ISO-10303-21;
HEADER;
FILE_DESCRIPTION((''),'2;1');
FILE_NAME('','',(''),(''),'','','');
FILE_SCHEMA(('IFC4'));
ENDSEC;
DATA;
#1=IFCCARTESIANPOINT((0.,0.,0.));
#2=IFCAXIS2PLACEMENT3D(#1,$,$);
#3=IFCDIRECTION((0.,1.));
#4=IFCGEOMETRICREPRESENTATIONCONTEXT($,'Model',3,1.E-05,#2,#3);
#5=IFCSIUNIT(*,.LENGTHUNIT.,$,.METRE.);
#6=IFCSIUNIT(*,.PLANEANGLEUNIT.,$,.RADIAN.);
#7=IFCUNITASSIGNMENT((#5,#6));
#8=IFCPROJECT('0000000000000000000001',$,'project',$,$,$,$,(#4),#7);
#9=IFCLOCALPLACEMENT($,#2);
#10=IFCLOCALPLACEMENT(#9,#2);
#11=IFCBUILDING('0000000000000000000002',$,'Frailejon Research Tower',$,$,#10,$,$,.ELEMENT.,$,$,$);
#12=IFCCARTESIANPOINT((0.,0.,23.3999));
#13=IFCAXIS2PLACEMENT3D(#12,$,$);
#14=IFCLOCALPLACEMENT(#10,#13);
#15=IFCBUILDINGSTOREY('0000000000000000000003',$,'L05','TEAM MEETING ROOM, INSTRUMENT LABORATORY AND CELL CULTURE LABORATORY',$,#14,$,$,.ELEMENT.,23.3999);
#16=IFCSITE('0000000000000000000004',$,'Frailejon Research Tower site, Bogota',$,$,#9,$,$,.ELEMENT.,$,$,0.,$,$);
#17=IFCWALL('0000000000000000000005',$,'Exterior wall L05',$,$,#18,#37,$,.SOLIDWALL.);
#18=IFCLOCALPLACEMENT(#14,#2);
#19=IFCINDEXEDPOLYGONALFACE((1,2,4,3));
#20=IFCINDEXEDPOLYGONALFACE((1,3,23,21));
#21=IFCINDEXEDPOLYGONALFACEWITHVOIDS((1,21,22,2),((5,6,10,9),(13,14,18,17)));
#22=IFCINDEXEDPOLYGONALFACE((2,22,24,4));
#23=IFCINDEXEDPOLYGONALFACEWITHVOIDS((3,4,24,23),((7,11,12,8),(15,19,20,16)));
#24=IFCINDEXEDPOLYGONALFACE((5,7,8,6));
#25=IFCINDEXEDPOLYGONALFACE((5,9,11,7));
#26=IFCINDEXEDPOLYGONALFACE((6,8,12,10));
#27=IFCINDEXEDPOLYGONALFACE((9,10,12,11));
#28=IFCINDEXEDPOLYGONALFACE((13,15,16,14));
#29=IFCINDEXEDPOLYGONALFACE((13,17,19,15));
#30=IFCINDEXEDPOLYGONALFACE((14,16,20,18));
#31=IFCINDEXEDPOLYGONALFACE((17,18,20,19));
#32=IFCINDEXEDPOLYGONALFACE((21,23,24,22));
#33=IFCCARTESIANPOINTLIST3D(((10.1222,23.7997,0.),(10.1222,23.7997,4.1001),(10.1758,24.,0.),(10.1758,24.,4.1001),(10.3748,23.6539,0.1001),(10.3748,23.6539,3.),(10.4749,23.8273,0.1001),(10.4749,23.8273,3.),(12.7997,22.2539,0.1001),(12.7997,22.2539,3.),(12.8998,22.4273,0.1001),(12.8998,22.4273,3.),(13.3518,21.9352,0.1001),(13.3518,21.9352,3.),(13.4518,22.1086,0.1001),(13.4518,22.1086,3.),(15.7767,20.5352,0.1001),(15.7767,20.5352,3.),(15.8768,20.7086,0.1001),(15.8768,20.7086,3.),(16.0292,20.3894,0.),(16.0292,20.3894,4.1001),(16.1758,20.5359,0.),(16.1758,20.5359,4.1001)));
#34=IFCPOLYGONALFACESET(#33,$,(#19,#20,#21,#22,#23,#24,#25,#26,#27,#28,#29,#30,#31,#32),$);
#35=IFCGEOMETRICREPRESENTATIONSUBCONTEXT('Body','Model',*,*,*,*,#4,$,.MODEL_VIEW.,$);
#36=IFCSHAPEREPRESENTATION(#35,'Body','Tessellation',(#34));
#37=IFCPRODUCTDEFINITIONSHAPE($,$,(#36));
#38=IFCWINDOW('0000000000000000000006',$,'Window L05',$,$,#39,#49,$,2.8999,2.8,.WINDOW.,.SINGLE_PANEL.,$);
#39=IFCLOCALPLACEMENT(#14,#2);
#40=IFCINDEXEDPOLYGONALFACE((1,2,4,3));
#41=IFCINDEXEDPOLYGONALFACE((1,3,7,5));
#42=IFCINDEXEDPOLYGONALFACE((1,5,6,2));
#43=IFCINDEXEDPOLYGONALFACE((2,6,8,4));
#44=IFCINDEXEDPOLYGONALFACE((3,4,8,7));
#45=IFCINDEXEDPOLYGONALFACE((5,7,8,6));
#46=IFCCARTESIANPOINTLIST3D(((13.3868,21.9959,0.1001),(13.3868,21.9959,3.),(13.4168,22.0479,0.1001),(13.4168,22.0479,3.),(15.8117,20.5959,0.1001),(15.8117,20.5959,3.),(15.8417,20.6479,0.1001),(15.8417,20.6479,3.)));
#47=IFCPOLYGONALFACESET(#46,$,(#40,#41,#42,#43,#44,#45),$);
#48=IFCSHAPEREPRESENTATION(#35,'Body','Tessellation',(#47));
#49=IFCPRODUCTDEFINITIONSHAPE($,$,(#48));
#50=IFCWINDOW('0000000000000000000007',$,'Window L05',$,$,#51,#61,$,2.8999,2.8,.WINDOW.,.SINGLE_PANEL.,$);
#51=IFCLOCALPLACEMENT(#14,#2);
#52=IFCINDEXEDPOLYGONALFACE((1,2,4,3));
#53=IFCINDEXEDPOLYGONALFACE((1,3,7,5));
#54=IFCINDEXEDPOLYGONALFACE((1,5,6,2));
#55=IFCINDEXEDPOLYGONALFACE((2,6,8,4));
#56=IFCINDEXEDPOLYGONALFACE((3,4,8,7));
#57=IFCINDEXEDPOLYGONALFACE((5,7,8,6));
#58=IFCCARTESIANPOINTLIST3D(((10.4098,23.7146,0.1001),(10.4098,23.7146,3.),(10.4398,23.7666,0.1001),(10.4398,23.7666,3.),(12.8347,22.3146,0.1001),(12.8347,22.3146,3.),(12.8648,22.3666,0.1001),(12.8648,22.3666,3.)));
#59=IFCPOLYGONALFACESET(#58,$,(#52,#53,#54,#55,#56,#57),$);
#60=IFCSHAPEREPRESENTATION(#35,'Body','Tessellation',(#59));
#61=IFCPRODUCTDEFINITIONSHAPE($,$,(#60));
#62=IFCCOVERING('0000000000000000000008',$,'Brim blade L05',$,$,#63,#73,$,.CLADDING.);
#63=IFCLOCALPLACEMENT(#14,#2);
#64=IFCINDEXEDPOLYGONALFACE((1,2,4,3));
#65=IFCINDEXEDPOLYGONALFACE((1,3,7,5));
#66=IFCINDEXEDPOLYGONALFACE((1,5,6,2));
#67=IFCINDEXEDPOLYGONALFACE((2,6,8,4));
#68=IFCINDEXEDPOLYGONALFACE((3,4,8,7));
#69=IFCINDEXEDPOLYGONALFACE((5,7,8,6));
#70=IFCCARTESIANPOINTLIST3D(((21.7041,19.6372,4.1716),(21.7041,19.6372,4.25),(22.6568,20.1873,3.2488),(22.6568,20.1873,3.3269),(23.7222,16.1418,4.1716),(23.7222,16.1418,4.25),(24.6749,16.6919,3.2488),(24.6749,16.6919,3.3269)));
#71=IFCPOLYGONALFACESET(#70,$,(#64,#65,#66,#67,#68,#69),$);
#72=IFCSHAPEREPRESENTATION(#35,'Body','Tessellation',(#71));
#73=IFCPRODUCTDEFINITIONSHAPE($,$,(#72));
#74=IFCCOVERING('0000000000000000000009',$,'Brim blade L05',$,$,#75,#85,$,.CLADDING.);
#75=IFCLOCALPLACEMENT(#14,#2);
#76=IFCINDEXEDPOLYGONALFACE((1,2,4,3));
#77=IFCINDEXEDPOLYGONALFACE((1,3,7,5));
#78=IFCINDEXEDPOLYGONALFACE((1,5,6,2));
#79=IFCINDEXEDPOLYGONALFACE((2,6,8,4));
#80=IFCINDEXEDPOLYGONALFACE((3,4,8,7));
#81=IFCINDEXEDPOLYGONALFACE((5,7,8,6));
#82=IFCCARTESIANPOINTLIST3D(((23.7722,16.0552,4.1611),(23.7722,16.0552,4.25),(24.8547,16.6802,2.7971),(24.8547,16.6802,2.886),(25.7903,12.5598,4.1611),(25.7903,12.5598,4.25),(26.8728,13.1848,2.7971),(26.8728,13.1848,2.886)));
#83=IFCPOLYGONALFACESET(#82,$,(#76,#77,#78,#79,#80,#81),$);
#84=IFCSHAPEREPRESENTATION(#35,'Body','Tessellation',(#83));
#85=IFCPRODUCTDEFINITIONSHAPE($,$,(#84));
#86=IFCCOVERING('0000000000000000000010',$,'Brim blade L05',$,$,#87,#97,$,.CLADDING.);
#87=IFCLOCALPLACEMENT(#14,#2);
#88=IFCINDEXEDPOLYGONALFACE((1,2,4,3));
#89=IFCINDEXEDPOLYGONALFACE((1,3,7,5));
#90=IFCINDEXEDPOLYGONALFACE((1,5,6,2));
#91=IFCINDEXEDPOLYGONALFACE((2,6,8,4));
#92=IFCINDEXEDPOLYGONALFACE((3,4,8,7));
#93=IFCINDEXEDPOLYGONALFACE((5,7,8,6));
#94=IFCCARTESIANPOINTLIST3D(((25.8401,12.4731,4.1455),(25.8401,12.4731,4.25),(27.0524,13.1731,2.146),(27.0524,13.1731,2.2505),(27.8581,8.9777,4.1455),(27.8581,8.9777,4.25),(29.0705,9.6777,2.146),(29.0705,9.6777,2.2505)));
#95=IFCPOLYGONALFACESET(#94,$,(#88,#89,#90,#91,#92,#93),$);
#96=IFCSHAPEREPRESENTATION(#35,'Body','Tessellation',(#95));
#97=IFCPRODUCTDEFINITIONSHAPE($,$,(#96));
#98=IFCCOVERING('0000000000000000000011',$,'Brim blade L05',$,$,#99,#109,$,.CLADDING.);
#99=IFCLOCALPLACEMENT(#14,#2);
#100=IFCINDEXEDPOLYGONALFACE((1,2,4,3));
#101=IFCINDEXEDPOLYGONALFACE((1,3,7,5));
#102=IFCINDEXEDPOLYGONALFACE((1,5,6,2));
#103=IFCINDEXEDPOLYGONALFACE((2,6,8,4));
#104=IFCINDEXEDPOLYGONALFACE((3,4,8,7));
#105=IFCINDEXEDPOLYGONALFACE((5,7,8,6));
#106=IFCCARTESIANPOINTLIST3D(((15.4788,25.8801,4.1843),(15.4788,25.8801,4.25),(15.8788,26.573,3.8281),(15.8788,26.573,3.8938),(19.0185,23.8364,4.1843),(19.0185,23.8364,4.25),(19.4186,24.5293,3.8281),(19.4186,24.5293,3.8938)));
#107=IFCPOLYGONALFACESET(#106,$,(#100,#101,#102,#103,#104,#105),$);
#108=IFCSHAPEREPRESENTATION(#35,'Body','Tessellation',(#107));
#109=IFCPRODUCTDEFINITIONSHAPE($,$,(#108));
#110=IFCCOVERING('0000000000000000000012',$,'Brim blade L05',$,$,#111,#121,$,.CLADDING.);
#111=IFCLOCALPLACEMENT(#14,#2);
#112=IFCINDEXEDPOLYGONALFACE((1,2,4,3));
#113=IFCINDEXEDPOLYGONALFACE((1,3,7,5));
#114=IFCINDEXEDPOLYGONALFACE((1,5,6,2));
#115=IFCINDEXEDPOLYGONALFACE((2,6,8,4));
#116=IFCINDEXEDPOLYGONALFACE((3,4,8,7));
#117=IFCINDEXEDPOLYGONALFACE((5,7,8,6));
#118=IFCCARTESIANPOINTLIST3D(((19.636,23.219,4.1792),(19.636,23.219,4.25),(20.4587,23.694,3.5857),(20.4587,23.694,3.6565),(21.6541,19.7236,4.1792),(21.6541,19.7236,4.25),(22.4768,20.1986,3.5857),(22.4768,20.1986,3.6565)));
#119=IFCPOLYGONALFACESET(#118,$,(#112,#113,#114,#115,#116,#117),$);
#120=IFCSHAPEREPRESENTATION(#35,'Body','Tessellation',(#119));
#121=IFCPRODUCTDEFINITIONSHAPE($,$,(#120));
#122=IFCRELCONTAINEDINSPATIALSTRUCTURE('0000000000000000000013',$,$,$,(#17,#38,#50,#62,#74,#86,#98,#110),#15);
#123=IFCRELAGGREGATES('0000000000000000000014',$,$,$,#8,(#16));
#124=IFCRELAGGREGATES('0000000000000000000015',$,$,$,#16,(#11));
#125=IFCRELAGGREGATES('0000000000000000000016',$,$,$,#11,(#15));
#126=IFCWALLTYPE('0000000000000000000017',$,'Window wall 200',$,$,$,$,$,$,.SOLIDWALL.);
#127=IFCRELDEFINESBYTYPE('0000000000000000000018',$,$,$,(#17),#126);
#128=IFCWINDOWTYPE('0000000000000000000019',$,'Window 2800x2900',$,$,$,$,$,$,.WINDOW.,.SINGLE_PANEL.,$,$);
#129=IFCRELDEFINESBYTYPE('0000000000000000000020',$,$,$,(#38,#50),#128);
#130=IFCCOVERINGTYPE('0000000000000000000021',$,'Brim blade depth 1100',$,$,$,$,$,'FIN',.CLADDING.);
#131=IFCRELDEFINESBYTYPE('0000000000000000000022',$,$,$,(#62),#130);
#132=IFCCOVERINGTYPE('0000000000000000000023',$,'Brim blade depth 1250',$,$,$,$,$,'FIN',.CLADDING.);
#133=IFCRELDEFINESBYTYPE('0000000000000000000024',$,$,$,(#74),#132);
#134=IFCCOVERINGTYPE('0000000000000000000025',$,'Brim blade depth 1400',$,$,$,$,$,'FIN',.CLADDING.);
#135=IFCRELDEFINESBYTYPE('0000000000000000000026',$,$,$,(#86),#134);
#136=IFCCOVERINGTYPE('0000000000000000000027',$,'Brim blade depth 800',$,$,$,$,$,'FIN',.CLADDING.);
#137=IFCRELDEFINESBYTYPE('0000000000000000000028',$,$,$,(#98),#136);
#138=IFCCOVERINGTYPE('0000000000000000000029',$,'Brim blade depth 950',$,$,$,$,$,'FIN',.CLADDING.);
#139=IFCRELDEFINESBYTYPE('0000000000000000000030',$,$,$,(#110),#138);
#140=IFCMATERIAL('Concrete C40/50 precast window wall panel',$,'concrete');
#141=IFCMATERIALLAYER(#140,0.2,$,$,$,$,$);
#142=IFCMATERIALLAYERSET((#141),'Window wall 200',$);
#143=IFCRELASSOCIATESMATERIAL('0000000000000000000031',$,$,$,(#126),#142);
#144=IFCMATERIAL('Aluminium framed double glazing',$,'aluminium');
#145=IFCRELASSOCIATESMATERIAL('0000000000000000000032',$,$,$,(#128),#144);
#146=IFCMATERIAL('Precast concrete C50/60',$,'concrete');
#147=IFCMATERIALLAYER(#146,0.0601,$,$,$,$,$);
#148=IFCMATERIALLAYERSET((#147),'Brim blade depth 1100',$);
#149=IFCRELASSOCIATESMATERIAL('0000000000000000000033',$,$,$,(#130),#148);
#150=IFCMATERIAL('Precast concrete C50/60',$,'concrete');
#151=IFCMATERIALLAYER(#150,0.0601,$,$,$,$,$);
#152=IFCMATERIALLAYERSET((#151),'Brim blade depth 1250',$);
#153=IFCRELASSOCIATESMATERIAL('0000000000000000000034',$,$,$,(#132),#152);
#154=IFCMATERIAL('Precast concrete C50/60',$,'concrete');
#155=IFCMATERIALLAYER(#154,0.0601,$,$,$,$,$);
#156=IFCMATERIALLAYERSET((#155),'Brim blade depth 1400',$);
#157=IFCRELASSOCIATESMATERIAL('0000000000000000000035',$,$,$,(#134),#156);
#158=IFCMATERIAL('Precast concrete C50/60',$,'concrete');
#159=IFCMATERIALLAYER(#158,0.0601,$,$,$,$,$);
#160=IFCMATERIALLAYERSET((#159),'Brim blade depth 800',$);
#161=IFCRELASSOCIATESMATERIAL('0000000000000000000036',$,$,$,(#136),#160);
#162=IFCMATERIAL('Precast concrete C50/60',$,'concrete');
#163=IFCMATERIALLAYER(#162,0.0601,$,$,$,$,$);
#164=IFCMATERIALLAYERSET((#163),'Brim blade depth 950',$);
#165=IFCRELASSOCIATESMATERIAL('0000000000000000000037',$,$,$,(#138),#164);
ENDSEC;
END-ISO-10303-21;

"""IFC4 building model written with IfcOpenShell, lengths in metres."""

from ifc_helpers import new_model, si_unit, direction, frame, frame_2d, origin, place, context, subcontext, project, spatial, polyline, rectangle, outline, extrude, material, layer, layer_set, type_object, element, fill, save


model = new_model("IFC4")

# Units and contexts
model_context = context("Model", 3, precision=1e-05, world=origin(), true_north=direction((0.0, 1.0)))
body_context = subcontext(model_context, "Body", "Model", "MODEL_VIEW")
ifc_project = project(units=[si_unit("LENGTHUNIT", "METRE"), si_unit("PLANEANGLEUNIT", "RADIAN")], contexts=[model_context])

# Site, building, storey
site_placement = place(None, origin())
site = spatial("IfcSite", under=ifc_project, at=site_placement, Name="Frailejon Research Tower site, Bogota", CompositionType="ELEMENT", RefElevation=0.0)
building_placement = place(site_placement, origin())
building = spatial("IfcBuilding", under=site, at=building_placement, Name="Frailejon Research Tower", CompositionType="ELEMENT")
storey_placement = place(building_placement, frame((0.0, 0.0, 23.3999)))
storey = spatial("IfcBuildingStorey", under=building, at=storey_placement, Name="L05", Description="TEAM MEETING ROOM, INSTRUMENT LABORATORY AND CELL CULTURE LABORATORY", CompositionType="ELEMENT", Elevation=23.3999)

# Wall, openings, windows
ifc_material_1 = material(Name="Concrete C40/50 precast window wall panel", Category="concrete")
ifc_layer_1 = layer(ifc_material_1, 0.2)
ifc_layer_set_1 = layer_set([ifc_layer_1], Name="Window wall 200")
wall_type_1 = type_object("IfcWallType", Name="Window wall 200", PredefinedType="SOLIDWALL", material=ifc_layer_set_1)
wall_1_placement = place(storey_placement, frame((16.1025, 20.4626, 0.0), z_axis=(0.0, 0.0, 1.0), x_axis=(-0.866029, 0.499993, 0.0)))
wall_1 = element("IfcWall", 1, at=wall_1_placement, inside=storey, type_object=wall_type_1, Name="Exterior wall L05", PredefinedType="SOLIDWALL", context=body_context, shape_type="SweptSolid", body=[
    extrude(outline(polyline([(-0.0269, -0.1001), (1.1279, -0.1001), (2.2825, -0.1001), (3.4373, -0.1001), (4.592, -0.1001), (5.7466, -0.1001), (6.9014, -0.1001), (6.8477, 0.1001), (5.7109, 0.1001), (4.574, 0.1001), (3.4373, 0.1001), (2.3005, 0.1001), (1.1636, 0.1001), (0.0269, 0.1001), (-0.0269, -0.1001)])), origin(), (0.0, 0.0, 1.0), 4.1001),
])
opening_1_placement = place(wall_1_placement, frame((0.3186, 0.0, 0.1001)))
opening_1 = element("IfcOpeningElement", 2, at=opening_1_placement, cuts=wall_1, PredefinedType="OPENING", context=body_context, shape_type="SweptSolid", body=[
    extrude(rectangle(XDim=2.8, YDim=2.8999, at=frame_2d((1.3999, 1.45))), frame((0.0, 0.1099, 0.0), z_axis=(0.0, -1.0, 0.0), x_axis=(1.0, 0.0, 0.0)), (0.0, 0.0, 1.0), 0.22),
])
opening_2_placement = place(wall_1_placement, frame((3.7561, 0.0, 0.1001)))
opening_2 = element("IfcOpeningElement", 3, at=opening_2_placement, cuts=wall_1, PredefinedType="OPENING", context=body_context, shape_type="SweptSolid", body=[
    extrude(rectangle(XDim=2.8, YDim=2.8999, at=frame_2d((1.3999, 1.45))), frame((0.0, 0.1099, 0.0), z_axis=(0.0, -1.0, 0.0), x_axis=(1.0, 0.0, 0.0)), (0.0, 0.0, 1.0), 0.22),
])
ifc_material_2 = material(Name="Aluminium framed double glazing", Category="aluminium")
window_type = type_object("IfcWindowType", Name="Window 2800x2900", PartitioningType="SINGLE_PANEL", PredefinedType="WINDOW", material=ifc_material_2)
window_1_placement = place(opening_1_placement, origin())
window_1 = element("IfcWindow", 4, at=window_1_placement, inside=storey, type_object=window_type, Name="Window L05", OverallHeight=2.8999, OverallWidth=2.8, PartitioningType="SINGLE_PANEL", PredefinedType="WINDOW", context=body_context, shape_type="SweptSolid", body=[
    extrude(rectangle(XDim=2.8, YDim=2.8999, at=frame_2d((1.3999, 1.45))), frame((0.0, 0.03, 0.0), z_axis=(0.0, -1.0, 0.0), x_axis=(1.0, 0.0, 0.0)), (0.0, 0.0, 1.0), 0.0601),
])
fill(opening_1, window_1)
window_2_placement = place(opening_2_placement, origin())
window_2 = element("IfcWindow", 5, at=window_2_placement, inside=storey, type_object=window_type, Name="Window L05", OverallHeight=2.8999, OverallWidth=2.8, PartitioningType="SINGLE_PANEL", PredefinedType="WINDOW", context=body_context, shape_type="SweptSolid", body=[
    extrude(rectangle(XDim=2.8, YDim=2.8999, at=frame_2d((1.3999, 1.45))), frame((0.0, 0.03, 0.0), z_axis=(0.0, -1.0, 0.0), x_axis=(1.0, 0.0, 0.0)), (0.0, 0.0, 1.0), 0.0601),
])
fill(opening_2, window_2)

# Coverings
ifc_material_3 = material(Name="Precast concrete C50/60", Category="concrete")
ifc_layer_2 = layer(ifc_material_3, 0.0601)
ifc_layer_set_2 = layer_set([ifc_layer_2], Name="Brim blade depth 1100")
covering_type_1 = type_object("IfcCoveringType", Name="Brim blade depth 1100", ElementType="FIN", PredefinedType="CLADDING", material=ifc_layer_set_2)
covering_1_placement = place(storey_placement, frame((21.7041, 19.6372, 4.25), z_axis=(0.500006, -0.866022, 0.0), x_axis=(0.866022, 0.500006, 0.0)))
element("IfcCovering", 6, at=covering_1_placement, inside=storey, type_object=covering_type_1, Name="Brim blade L05", PredefinedType="CLADDING", context=body_context, shape_type="SweptSolid", body=[
    extrude(outline(polyline([(0.0, -0.0784), (1.1001, -1.0012), (1.1001, -0.9231), (0.0, 0.0), (0.0, -0.0784)])), origin(), (0.0, 0.0, 1.0), 4.0361),
])
ifc_material_4 = material(Name="Precast concrete C50/60", Category="concrete")
ifc_layer_3 = layer(ifc_material_4, 0.0601)
ifc_layer_set_3 = layer_set([ifc_layer_3], Name="Brim blade depth 1250")
covering_type_2 = type_object("IfcCoveringType", Name="Brim blade depth 1250", ElementType="FIN", PredefinedType="CLADDING", material=ifc_layer_set_3)
covering_2_placement = place(storey_placement, frame((23.7722, 16.0552, 4.25), z_axis=(0.500006, -0.866022, 0.0), x_axis=(0.866022, 0.500006, 0.0)))
element("IfcCovering", 7, at=covering_2_placement, inside=storey, type_object=covering_type_2, Name="Brim blade L05", PredefinedType="CLADDING", context=body_context, shape_type="SweptSolid", body=[
    extrude(outline(polyline([(0.0, -0.0889), (1.25, -1.4529), (1.25, -1.364), (0.0, 0.0), (0.0, -0.0889)])), origin(), (0.0, 0.0, 1.0), 4.0361),
])
ifc_material_5 = material(Name="Precast concrete C50/60", Category="concrete")
ifc_layer_4 = layer(ifc_material_5, 0.0601)
ifc_layer_set_4 = layer_set([ifc_layer_4], Name="Brim blade depth 1400")
covering_type_3 = type_object("IfcCoveringType", Name="Brim blade depth 1400", ElementType="FIN", PredefinedType="CLADDING", material=ifc_layer_set_4)
covering_3_placement = place(storey_placement, frame((25.8401, 12.4731, 4.25), z_axis=(0.499988, -0.866033, 0.0), x_axis=(0.866033, 0.499988, 0.0)))
element("IfcCovering", 8, at=covering_3_placement, inside=storey, type_object=covering_type_3, Name="Brim blade L05", PredefinedType="CLADDING", context=body_context, shape_type="SweptSolid", body=[
    extrude(outline(polyline([(0.0, -0.1045), (1.3999, -2.104), (1.3999, -1.9995), (0.0, 0.0), (0.0, -0.1045)])), origin(), (0.0, 0.0, 1.0), 4.0361),
])
ifc_material_6 = material(Name="Precast concrete C50/60", Category="concrete")
ifc_layer_5 = layer(ifc_material_6, 0.0601)
ifc_layer_set_5 = layer_set([ifc_layer_5], Name="Brim blade depth 800")
covering_type_4 = type_object("IfcCoveringType", Name="Brim blade depth 800", ElementType="FIN", PredefinedType="CLADDING", material=ifc_layer_set_5)
covering_4_placement = place(storey_placement, frame((15.4788, 25.8801, 4.25), z_axis=(0.866021, -0.500007, 0.0), x_axis=(0.500007, 0.866021, 0.0)))
element("IfcCovering", 9, at=covering_4_placement, inside=storey, type_object=covering_type_4, Name="Brim blade L05", PredefinedType="CLADDING", context=body_context, shape_type="SweptSolid", body=[
    extrude(outline(polyline([(0.0, -0.0657), (0.8, -0.4219), (0.8, -0.3562), (0.0, 0.0), (0.0, -0.0657)])), origin(), (0.0, 0.0, 1.0), 4.0874),
])
ifc_material_7 = material(Name="Precast concrete C50/60", Category="concrete")
ifc_layer_6 = layer(ifc_material_7, 0.0601)
ifc_layer_set_6 = layer_set([ifc_layer_6], Name="Brim blade depth 950")
covering_type_5 = type_object("IfcCoveringType", Name="Brim blade depth 950", ElementType="FIN", PredefinedType="CLADDING", material=ifc_layer_set_6)
covering_5_placement = place(storey_placement, frame((19.636, 23.219, 4.25), z_axis=(0.500006, -0.866022, 0.0), x_axis=(0.866022, 0.500006, 0.0)))
element("IfcCovering", 10, at=covering_5_placement, inside=storey, type_object=covering_type_5, Name="Brim blade L05", PredefinedType="CLADDING", context=body_context, shape_type="SweptSolid", body=[
    extrude(outline(polyline([(0.0, -0.0708), (0.95, -0.6643), (0.95, -0.5935), (0.0, 0.0), (0.0, -0.0708)])), origin(), (0.0, 0.0, 1.0), 4.0361),
])

save(model, "model.ifc")
